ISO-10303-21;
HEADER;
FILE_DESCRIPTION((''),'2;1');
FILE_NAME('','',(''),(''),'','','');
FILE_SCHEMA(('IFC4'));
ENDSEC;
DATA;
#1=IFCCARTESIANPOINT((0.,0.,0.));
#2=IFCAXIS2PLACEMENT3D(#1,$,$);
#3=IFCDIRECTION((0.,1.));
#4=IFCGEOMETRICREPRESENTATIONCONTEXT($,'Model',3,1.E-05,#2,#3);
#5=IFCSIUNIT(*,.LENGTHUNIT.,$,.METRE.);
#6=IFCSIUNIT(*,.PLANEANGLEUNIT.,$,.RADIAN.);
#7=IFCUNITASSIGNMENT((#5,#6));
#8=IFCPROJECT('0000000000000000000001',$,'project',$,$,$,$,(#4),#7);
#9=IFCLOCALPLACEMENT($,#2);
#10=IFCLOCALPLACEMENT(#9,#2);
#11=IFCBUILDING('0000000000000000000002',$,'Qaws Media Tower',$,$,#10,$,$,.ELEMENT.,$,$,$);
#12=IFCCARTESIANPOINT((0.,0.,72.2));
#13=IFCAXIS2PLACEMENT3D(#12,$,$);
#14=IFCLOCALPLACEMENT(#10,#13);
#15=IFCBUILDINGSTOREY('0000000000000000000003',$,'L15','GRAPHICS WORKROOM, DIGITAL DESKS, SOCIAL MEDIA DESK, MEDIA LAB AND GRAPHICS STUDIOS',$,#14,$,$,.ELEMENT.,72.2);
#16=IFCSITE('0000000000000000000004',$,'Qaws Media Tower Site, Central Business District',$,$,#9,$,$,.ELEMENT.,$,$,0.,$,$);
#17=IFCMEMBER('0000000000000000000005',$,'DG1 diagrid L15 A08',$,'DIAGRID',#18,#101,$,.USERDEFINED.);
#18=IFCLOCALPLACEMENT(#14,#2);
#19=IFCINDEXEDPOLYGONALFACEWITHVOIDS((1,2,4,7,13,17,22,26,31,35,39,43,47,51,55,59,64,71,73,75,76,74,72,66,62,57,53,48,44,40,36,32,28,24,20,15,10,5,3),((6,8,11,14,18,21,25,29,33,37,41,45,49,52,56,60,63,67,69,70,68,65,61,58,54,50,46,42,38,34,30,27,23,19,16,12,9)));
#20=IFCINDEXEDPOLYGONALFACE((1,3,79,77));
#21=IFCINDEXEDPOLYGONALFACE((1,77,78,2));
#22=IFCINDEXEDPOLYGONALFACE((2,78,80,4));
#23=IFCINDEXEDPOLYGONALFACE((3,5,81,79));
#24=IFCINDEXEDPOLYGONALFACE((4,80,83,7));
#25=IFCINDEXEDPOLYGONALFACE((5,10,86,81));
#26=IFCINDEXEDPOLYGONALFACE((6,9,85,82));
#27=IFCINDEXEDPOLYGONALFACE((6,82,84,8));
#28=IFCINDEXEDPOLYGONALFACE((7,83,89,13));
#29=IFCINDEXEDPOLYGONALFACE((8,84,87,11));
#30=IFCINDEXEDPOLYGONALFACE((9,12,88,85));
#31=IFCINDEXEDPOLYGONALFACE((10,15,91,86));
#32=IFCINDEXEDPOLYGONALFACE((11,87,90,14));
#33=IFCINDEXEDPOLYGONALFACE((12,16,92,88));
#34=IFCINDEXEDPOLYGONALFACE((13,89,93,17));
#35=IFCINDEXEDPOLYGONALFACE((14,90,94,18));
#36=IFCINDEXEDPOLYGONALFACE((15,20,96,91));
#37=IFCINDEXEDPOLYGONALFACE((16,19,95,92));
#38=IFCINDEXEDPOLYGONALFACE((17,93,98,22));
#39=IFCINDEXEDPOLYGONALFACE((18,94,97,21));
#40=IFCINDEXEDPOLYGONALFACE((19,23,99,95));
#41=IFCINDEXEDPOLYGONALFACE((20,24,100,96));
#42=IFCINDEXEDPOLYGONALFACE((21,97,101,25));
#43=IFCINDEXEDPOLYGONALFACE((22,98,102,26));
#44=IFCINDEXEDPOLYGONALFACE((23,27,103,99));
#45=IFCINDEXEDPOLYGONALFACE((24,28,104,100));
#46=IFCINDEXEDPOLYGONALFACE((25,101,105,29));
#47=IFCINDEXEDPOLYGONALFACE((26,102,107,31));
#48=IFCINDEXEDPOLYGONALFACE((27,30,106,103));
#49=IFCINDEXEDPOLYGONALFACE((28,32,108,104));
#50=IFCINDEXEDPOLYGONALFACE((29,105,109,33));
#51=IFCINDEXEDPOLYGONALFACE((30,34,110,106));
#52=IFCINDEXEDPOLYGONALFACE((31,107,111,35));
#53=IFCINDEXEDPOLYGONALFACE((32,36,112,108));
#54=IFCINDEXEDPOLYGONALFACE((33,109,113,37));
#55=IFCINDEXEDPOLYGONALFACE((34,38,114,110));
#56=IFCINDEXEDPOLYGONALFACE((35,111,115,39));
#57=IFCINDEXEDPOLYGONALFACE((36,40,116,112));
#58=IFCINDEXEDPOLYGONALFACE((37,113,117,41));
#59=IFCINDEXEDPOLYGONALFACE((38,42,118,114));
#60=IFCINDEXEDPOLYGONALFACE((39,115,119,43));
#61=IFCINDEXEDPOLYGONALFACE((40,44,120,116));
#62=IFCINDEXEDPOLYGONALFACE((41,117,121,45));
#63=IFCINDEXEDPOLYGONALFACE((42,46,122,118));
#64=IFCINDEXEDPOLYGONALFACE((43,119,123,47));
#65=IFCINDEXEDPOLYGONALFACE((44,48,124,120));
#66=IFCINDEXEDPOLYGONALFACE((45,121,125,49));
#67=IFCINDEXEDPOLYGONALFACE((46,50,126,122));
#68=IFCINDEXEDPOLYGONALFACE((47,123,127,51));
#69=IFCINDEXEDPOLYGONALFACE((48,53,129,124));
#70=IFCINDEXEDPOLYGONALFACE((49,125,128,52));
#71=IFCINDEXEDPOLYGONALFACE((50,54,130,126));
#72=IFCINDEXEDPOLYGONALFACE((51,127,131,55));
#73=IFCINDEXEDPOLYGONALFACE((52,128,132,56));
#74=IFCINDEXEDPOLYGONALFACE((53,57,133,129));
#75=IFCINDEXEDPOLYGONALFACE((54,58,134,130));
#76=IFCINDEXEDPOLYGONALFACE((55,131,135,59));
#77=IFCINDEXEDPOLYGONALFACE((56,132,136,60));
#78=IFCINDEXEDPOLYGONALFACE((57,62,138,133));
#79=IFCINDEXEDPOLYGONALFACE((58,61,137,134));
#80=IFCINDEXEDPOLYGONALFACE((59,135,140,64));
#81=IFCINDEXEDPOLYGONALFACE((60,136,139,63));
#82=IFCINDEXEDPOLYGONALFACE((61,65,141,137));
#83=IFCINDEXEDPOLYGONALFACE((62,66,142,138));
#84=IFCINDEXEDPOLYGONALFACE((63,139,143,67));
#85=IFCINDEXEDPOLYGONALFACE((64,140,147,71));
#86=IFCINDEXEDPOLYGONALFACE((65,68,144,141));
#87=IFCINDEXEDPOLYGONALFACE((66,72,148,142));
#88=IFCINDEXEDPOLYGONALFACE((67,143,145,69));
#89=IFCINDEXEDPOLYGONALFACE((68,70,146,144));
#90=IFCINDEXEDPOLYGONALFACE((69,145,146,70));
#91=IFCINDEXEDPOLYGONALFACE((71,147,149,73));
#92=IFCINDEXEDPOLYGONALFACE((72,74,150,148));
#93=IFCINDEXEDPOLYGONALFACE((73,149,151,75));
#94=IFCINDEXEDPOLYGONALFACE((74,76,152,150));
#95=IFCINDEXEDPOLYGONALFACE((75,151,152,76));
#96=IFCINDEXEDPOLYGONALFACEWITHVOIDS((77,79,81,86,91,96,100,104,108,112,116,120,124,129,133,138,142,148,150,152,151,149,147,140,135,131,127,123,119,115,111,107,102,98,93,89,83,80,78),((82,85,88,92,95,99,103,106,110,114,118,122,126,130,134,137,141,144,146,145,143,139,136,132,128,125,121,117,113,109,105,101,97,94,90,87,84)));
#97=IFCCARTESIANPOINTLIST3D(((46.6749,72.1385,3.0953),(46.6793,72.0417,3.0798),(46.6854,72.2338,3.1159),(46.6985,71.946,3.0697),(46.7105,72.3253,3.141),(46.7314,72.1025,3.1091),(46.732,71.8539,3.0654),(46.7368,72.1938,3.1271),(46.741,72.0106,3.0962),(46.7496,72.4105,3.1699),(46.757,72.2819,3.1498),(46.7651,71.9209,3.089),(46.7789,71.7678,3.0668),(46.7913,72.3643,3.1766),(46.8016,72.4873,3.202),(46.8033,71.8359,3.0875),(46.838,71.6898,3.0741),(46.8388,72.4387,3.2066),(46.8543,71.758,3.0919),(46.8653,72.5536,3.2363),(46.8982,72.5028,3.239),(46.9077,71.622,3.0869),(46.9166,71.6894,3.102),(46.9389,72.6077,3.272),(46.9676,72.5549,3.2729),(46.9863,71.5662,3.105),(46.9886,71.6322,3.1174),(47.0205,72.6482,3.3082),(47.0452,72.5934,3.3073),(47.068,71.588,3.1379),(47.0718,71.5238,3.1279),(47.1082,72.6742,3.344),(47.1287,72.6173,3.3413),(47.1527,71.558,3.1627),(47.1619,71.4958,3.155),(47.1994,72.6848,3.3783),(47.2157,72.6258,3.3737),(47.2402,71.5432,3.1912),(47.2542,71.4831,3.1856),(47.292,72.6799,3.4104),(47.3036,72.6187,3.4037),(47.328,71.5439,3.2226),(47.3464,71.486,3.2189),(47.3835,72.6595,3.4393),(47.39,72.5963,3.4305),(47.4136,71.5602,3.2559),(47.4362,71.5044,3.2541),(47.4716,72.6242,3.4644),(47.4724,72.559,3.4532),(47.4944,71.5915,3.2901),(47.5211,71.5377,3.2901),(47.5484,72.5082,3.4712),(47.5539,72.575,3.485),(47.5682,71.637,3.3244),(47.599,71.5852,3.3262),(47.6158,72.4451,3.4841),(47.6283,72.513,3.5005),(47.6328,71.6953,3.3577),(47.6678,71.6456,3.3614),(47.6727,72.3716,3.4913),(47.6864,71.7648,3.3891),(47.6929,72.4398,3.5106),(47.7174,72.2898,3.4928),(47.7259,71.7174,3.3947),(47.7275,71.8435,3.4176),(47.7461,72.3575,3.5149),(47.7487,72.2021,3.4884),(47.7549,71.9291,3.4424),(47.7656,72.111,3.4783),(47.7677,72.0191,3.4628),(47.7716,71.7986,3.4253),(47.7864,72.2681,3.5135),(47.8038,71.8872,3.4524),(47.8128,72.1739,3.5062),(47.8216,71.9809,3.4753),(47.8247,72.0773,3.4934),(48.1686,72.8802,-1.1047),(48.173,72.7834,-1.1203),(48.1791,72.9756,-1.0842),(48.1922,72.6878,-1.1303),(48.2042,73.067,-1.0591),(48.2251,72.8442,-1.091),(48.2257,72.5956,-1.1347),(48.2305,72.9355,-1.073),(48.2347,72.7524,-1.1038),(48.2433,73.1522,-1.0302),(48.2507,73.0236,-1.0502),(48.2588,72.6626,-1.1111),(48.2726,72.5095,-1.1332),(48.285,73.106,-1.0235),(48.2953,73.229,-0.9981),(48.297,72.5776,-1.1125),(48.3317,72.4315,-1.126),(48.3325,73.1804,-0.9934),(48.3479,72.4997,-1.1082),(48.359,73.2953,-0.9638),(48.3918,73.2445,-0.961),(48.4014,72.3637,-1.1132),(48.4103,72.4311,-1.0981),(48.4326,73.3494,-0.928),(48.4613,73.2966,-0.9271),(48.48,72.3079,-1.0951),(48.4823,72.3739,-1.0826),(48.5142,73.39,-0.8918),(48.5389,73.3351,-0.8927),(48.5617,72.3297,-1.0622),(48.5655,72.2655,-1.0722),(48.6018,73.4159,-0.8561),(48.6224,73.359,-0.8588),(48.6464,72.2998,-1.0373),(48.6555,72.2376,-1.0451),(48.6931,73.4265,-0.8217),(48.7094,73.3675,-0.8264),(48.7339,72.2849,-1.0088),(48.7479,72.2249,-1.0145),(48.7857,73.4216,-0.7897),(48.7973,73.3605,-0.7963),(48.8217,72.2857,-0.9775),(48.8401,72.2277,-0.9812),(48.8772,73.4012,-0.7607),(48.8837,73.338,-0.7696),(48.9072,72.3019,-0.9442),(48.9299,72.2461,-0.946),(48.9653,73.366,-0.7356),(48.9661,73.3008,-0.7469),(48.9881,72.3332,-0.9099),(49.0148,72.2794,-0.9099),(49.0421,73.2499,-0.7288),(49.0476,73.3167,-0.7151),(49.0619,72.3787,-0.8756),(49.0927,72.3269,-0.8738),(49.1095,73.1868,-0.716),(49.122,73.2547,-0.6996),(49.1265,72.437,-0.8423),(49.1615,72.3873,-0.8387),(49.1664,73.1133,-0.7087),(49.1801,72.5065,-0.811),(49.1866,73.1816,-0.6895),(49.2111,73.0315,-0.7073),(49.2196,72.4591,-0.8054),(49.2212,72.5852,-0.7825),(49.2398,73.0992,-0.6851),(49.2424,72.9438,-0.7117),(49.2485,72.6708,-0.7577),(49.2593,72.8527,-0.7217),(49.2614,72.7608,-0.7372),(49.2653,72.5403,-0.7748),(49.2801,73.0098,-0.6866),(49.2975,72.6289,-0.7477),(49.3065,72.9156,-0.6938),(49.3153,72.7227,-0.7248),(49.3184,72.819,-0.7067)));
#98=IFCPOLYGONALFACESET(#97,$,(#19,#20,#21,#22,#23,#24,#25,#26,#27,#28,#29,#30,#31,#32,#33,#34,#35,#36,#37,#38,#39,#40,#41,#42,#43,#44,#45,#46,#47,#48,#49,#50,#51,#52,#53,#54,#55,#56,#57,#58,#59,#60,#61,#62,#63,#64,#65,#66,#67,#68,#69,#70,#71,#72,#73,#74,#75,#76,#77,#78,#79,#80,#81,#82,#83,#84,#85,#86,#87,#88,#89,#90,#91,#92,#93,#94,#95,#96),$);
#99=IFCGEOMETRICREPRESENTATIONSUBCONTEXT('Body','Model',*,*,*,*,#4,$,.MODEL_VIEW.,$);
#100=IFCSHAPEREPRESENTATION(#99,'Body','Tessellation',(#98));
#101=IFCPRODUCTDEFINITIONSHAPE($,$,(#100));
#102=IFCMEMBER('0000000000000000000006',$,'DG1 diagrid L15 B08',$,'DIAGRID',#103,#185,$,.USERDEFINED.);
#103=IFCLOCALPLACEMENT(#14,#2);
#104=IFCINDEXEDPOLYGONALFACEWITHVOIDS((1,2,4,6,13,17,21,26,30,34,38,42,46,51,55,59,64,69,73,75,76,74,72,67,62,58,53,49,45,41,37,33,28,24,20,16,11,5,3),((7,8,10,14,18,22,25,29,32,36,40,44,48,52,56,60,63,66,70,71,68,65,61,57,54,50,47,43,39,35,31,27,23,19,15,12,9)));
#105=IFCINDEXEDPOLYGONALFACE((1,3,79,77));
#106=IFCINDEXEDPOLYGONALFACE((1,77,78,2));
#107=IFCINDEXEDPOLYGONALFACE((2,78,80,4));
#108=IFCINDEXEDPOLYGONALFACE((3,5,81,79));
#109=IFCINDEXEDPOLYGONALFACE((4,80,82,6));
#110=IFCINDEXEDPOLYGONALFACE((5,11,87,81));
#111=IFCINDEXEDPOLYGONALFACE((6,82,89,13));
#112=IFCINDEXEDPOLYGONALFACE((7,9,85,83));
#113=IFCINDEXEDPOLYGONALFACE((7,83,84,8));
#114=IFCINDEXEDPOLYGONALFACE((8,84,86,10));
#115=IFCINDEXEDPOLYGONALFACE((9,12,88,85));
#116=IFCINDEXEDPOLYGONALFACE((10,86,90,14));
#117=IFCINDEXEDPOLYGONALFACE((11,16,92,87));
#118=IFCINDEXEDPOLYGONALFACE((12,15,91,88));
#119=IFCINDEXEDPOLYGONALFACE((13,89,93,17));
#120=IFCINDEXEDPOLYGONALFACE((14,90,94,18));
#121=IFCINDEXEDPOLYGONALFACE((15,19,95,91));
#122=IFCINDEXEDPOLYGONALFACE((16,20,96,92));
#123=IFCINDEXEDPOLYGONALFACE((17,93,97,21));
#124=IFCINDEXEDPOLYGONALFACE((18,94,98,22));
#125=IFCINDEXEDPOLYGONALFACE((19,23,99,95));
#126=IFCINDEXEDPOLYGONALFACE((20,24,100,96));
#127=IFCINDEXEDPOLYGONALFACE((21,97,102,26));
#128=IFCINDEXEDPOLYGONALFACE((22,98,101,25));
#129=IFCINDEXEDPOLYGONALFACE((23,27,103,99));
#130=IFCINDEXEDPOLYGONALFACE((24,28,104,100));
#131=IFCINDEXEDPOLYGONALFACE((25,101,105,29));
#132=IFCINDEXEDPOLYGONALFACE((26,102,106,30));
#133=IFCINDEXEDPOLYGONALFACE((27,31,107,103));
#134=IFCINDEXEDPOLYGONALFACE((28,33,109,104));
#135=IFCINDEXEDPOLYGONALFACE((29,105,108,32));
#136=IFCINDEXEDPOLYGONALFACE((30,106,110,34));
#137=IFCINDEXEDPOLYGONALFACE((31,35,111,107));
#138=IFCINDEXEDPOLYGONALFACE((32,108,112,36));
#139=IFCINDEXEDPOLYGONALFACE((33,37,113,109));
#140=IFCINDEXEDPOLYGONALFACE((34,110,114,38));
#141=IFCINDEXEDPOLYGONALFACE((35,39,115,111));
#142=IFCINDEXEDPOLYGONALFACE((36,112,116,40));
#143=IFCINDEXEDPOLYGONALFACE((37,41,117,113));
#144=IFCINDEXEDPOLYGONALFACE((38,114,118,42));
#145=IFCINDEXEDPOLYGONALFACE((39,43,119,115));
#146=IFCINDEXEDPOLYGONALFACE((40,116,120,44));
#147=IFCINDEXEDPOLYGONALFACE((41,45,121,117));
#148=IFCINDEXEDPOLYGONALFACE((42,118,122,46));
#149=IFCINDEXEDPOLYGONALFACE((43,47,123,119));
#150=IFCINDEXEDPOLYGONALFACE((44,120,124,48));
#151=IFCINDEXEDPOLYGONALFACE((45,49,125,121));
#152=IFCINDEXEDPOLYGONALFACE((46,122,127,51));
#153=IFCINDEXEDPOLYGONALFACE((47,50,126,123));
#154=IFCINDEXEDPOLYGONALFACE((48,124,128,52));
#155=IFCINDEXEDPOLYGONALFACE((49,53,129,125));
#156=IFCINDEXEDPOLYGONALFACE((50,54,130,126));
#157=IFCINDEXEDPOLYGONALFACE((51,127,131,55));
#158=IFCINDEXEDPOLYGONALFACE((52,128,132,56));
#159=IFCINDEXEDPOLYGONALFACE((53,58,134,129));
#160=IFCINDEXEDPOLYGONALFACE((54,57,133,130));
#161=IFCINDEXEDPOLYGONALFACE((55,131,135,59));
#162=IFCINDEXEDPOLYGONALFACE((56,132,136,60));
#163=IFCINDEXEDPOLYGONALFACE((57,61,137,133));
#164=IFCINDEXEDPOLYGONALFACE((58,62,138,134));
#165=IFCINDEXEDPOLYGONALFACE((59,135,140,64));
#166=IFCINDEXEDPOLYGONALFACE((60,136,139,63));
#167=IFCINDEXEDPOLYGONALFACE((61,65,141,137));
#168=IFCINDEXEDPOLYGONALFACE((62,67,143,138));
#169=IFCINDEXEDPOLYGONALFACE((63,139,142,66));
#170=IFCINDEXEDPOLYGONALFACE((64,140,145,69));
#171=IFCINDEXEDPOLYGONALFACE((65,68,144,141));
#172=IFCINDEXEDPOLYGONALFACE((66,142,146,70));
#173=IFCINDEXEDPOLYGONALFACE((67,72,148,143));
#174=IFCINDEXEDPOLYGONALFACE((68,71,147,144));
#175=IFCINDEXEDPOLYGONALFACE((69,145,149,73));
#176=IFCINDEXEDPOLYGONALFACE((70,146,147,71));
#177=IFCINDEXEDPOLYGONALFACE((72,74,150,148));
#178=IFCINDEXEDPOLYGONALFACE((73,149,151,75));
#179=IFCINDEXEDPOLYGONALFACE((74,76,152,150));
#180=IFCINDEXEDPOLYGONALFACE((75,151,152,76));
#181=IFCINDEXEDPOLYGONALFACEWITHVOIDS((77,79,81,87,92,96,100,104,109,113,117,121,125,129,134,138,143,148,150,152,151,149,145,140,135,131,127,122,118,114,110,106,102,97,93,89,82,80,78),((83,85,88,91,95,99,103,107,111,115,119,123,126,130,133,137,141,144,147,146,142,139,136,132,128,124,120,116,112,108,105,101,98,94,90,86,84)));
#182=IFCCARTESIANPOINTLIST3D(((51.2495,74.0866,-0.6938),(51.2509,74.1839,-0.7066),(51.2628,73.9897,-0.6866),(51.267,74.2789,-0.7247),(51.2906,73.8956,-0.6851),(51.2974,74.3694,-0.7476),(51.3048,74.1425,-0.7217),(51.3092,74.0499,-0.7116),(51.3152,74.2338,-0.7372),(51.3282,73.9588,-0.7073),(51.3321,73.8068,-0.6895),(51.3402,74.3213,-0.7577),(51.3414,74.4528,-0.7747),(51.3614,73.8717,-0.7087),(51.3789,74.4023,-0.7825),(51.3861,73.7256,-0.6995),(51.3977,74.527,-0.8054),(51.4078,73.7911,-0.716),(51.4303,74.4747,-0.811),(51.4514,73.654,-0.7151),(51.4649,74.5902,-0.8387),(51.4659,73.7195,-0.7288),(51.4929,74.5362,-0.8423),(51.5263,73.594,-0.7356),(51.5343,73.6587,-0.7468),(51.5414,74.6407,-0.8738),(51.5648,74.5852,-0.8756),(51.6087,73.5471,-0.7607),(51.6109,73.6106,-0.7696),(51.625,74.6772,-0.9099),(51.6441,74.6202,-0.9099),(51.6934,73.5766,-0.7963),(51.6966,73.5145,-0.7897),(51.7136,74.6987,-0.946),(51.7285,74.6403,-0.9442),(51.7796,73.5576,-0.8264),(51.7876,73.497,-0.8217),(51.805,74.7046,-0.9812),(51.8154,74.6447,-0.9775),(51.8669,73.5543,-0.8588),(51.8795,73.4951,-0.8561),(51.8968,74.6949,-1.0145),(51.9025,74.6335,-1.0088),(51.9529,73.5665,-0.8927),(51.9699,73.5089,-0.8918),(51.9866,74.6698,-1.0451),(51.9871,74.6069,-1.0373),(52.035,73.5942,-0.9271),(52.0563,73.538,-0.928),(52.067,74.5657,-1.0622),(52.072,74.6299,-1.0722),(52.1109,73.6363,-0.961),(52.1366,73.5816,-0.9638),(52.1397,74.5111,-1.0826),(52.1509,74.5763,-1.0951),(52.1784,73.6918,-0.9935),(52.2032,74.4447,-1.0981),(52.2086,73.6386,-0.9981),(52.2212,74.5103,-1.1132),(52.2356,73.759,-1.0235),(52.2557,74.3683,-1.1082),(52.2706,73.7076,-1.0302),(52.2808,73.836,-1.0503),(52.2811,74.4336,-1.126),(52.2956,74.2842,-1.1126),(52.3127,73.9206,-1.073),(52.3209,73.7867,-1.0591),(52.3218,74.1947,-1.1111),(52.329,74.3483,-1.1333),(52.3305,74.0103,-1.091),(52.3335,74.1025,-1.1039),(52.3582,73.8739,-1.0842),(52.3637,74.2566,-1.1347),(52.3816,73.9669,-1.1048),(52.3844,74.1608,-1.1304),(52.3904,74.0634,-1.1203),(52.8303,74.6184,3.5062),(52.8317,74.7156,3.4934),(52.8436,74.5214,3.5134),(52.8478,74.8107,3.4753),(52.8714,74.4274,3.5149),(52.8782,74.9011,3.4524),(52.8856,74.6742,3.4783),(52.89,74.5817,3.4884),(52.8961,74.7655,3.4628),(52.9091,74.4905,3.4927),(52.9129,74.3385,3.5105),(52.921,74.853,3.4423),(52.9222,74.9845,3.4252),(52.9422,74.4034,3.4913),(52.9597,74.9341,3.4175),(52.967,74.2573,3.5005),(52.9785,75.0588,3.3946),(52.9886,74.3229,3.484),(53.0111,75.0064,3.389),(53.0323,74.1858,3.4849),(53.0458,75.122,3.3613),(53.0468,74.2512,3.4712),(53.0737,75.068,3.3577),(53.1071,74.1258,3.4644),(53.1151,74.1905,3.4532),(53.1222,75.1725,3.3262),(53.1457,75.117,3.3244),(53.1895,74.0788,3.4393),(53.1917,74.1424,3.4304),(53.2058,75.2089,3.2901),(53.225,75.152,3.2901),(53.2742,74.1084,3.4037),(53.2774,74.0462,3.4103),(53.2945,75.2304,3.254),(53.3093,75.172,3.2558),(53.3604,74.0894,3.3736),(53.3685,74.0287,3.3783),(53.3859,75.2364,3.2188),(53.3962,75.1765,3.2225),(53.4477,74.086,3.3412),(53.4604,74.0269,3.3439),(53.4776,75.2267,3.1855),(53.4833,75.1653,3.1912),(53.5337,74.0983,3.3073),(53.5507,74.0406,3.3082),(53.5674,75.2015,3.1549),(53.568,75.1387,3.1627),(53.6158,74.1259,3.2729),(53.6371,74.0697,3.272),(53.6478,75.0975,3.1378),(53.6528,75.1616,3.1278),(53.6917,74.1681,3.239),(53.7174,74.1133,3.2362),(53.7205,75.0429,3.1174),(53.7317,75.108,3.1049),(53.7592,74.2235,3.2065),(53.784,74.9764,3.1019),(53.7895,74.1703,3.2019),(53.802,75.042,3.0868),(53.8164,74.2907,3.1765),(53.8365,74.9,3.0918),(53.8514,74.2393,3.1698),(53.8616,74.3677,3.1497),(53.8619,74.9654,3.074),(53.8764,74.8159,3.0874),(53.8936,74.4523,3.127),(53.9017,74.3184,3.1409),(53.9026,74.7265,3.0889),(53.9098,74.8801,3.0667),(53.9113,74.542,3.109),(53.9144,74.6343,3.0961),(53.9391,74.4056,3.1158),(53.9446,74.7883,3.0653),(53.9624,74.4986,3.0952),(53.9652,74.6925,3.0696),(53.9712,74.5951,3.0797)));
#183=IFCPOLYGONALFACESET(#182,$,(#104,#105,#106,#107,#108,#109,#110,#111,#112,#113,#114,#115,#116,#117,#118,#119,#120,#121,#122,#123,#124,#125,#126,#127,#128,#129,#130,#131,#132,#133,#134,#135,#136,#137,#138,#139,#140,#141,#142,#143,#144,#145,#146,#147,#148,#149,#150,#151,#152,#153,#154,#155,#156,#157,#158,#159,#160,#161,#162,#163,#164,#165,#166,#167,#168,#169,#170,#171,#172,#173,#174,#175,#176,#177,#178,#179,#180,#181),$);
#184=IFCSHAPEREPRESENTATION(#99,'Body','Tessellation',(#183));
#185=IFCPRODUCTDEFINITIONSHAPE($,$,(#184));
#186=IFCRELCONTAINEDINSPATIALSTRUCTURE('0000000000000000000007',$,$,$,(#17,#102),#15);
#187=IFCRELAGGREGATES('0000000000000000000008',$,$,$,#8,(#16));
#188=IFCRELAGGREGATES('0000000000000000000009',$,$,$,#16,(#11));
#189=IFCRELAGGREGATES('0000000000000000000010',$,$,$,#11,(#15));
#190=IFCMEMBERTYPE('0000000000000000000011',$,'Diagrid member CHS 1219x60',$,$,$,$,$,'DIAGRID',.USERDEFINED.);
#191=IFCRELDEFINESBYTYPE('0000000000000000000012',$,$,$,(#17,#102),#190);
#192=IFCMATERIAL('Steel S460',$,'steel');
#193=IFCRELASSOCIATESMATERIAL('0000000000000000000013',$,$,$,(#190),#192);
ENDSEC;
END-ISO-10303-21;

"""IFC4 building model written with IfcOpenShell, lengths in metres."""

from ifc_helpers import new_model, si_unit, direction, frame, origin, origin_2d, place, context, subcontext, project, spatial, hollow_circle, extrude, material, material_profile, profile_set, type_object, element, save


model = new_model("IFC4")

# Units and contexts
model_context = context("Model", 3, precision=1e-05, world=origin(), true_north=direction((0.0, 1.0)))
body_context = subcontext(model_context, "Body", "Model", "MODEL_VIEW")
ifc_project = project(units=[si_unit("LENGTHUNIT", "METRE"), si_unit("PLANEANGLEUNIT", "RADIAN")], contexts=[model_context])

# Site, building, storey
site_placement = place(None, origin())
site = spatial("IfcSite", under=ifc_project, at=site_placement, Name="Qaws Media Tower Site, Central Business District", CompositionType="ELEMENT", RefElevation=0.0)
building_placement = place(site_placement, origin())
building = spatial("IfcBuilding", under=site, at=building_placement, Name="Qaws Media Tower", CompositionType="ELEMENT")
storey_placement = place(building_placement, frame((0.0, 0.0, 72.2)))
storey = spatial("IfcBuildingStorey", under=building, at=storey_placement, Name="L15", Description="GRAPHICS WORKROOM, DIGITAL DESKS, SOCIAL MEDIA DESK, MEDIA LAB AND GRAPHICS STUDIOS", CompositionType="ELEMENT", Elevation=72.2)

# Members
ifc_material_1 = material(Name="Steel S460", Category="steel")
ifc_material_profile_1 = material_profile(ifc_material_1, hollow_circle(Radius=0.6096, WallThickness=0.0601, at=origin_2d()), Name="CHS 1219x60")
ifc_profile_set_1 = profile_set([ifc_material_profile_1], Name="Steel S460")
member_type_1 = type_object("IfcMemberType", Name="Diagrid member CHS 1219x60", ElementType="DIAGRID", PredefinedType="USERDEFINED", material=ifc_profile_set_1)
for number, where, z_axis, x_axis, name in (
    (1, (48.7437, 72.8254, -0.9099), (-0.330532, -0.164132, 0.929413), (0.444752, -0.895654, 0.0), "DG1 diagrid L15 A08"),
    (2, (51.8193, 74.0994, -0.9099), (0.349815, 0.117667, 0.9294), (-0.318818, 0.947816, 0.0), "DG1 diagrid L15 B08"),
):
    element("IfcMember", number, at=place(storey_placement, frame(where, z_axis=z_axis, x_axis=x_axis)), inside=storey, type_object=member_type_1, Name=name, ObjectType="DIAGRID", PredefinedType="USERDEFINED", context=body_context, shape_type="SweptSolid", body=[
        extrude(hollow_circle(Radius=0.6096, WallThickness=0.0601, at=origin_2d()), origin(), (0.0, 0.0, 1.0), 4.519),
    ])

save(model, "model.ifc")
